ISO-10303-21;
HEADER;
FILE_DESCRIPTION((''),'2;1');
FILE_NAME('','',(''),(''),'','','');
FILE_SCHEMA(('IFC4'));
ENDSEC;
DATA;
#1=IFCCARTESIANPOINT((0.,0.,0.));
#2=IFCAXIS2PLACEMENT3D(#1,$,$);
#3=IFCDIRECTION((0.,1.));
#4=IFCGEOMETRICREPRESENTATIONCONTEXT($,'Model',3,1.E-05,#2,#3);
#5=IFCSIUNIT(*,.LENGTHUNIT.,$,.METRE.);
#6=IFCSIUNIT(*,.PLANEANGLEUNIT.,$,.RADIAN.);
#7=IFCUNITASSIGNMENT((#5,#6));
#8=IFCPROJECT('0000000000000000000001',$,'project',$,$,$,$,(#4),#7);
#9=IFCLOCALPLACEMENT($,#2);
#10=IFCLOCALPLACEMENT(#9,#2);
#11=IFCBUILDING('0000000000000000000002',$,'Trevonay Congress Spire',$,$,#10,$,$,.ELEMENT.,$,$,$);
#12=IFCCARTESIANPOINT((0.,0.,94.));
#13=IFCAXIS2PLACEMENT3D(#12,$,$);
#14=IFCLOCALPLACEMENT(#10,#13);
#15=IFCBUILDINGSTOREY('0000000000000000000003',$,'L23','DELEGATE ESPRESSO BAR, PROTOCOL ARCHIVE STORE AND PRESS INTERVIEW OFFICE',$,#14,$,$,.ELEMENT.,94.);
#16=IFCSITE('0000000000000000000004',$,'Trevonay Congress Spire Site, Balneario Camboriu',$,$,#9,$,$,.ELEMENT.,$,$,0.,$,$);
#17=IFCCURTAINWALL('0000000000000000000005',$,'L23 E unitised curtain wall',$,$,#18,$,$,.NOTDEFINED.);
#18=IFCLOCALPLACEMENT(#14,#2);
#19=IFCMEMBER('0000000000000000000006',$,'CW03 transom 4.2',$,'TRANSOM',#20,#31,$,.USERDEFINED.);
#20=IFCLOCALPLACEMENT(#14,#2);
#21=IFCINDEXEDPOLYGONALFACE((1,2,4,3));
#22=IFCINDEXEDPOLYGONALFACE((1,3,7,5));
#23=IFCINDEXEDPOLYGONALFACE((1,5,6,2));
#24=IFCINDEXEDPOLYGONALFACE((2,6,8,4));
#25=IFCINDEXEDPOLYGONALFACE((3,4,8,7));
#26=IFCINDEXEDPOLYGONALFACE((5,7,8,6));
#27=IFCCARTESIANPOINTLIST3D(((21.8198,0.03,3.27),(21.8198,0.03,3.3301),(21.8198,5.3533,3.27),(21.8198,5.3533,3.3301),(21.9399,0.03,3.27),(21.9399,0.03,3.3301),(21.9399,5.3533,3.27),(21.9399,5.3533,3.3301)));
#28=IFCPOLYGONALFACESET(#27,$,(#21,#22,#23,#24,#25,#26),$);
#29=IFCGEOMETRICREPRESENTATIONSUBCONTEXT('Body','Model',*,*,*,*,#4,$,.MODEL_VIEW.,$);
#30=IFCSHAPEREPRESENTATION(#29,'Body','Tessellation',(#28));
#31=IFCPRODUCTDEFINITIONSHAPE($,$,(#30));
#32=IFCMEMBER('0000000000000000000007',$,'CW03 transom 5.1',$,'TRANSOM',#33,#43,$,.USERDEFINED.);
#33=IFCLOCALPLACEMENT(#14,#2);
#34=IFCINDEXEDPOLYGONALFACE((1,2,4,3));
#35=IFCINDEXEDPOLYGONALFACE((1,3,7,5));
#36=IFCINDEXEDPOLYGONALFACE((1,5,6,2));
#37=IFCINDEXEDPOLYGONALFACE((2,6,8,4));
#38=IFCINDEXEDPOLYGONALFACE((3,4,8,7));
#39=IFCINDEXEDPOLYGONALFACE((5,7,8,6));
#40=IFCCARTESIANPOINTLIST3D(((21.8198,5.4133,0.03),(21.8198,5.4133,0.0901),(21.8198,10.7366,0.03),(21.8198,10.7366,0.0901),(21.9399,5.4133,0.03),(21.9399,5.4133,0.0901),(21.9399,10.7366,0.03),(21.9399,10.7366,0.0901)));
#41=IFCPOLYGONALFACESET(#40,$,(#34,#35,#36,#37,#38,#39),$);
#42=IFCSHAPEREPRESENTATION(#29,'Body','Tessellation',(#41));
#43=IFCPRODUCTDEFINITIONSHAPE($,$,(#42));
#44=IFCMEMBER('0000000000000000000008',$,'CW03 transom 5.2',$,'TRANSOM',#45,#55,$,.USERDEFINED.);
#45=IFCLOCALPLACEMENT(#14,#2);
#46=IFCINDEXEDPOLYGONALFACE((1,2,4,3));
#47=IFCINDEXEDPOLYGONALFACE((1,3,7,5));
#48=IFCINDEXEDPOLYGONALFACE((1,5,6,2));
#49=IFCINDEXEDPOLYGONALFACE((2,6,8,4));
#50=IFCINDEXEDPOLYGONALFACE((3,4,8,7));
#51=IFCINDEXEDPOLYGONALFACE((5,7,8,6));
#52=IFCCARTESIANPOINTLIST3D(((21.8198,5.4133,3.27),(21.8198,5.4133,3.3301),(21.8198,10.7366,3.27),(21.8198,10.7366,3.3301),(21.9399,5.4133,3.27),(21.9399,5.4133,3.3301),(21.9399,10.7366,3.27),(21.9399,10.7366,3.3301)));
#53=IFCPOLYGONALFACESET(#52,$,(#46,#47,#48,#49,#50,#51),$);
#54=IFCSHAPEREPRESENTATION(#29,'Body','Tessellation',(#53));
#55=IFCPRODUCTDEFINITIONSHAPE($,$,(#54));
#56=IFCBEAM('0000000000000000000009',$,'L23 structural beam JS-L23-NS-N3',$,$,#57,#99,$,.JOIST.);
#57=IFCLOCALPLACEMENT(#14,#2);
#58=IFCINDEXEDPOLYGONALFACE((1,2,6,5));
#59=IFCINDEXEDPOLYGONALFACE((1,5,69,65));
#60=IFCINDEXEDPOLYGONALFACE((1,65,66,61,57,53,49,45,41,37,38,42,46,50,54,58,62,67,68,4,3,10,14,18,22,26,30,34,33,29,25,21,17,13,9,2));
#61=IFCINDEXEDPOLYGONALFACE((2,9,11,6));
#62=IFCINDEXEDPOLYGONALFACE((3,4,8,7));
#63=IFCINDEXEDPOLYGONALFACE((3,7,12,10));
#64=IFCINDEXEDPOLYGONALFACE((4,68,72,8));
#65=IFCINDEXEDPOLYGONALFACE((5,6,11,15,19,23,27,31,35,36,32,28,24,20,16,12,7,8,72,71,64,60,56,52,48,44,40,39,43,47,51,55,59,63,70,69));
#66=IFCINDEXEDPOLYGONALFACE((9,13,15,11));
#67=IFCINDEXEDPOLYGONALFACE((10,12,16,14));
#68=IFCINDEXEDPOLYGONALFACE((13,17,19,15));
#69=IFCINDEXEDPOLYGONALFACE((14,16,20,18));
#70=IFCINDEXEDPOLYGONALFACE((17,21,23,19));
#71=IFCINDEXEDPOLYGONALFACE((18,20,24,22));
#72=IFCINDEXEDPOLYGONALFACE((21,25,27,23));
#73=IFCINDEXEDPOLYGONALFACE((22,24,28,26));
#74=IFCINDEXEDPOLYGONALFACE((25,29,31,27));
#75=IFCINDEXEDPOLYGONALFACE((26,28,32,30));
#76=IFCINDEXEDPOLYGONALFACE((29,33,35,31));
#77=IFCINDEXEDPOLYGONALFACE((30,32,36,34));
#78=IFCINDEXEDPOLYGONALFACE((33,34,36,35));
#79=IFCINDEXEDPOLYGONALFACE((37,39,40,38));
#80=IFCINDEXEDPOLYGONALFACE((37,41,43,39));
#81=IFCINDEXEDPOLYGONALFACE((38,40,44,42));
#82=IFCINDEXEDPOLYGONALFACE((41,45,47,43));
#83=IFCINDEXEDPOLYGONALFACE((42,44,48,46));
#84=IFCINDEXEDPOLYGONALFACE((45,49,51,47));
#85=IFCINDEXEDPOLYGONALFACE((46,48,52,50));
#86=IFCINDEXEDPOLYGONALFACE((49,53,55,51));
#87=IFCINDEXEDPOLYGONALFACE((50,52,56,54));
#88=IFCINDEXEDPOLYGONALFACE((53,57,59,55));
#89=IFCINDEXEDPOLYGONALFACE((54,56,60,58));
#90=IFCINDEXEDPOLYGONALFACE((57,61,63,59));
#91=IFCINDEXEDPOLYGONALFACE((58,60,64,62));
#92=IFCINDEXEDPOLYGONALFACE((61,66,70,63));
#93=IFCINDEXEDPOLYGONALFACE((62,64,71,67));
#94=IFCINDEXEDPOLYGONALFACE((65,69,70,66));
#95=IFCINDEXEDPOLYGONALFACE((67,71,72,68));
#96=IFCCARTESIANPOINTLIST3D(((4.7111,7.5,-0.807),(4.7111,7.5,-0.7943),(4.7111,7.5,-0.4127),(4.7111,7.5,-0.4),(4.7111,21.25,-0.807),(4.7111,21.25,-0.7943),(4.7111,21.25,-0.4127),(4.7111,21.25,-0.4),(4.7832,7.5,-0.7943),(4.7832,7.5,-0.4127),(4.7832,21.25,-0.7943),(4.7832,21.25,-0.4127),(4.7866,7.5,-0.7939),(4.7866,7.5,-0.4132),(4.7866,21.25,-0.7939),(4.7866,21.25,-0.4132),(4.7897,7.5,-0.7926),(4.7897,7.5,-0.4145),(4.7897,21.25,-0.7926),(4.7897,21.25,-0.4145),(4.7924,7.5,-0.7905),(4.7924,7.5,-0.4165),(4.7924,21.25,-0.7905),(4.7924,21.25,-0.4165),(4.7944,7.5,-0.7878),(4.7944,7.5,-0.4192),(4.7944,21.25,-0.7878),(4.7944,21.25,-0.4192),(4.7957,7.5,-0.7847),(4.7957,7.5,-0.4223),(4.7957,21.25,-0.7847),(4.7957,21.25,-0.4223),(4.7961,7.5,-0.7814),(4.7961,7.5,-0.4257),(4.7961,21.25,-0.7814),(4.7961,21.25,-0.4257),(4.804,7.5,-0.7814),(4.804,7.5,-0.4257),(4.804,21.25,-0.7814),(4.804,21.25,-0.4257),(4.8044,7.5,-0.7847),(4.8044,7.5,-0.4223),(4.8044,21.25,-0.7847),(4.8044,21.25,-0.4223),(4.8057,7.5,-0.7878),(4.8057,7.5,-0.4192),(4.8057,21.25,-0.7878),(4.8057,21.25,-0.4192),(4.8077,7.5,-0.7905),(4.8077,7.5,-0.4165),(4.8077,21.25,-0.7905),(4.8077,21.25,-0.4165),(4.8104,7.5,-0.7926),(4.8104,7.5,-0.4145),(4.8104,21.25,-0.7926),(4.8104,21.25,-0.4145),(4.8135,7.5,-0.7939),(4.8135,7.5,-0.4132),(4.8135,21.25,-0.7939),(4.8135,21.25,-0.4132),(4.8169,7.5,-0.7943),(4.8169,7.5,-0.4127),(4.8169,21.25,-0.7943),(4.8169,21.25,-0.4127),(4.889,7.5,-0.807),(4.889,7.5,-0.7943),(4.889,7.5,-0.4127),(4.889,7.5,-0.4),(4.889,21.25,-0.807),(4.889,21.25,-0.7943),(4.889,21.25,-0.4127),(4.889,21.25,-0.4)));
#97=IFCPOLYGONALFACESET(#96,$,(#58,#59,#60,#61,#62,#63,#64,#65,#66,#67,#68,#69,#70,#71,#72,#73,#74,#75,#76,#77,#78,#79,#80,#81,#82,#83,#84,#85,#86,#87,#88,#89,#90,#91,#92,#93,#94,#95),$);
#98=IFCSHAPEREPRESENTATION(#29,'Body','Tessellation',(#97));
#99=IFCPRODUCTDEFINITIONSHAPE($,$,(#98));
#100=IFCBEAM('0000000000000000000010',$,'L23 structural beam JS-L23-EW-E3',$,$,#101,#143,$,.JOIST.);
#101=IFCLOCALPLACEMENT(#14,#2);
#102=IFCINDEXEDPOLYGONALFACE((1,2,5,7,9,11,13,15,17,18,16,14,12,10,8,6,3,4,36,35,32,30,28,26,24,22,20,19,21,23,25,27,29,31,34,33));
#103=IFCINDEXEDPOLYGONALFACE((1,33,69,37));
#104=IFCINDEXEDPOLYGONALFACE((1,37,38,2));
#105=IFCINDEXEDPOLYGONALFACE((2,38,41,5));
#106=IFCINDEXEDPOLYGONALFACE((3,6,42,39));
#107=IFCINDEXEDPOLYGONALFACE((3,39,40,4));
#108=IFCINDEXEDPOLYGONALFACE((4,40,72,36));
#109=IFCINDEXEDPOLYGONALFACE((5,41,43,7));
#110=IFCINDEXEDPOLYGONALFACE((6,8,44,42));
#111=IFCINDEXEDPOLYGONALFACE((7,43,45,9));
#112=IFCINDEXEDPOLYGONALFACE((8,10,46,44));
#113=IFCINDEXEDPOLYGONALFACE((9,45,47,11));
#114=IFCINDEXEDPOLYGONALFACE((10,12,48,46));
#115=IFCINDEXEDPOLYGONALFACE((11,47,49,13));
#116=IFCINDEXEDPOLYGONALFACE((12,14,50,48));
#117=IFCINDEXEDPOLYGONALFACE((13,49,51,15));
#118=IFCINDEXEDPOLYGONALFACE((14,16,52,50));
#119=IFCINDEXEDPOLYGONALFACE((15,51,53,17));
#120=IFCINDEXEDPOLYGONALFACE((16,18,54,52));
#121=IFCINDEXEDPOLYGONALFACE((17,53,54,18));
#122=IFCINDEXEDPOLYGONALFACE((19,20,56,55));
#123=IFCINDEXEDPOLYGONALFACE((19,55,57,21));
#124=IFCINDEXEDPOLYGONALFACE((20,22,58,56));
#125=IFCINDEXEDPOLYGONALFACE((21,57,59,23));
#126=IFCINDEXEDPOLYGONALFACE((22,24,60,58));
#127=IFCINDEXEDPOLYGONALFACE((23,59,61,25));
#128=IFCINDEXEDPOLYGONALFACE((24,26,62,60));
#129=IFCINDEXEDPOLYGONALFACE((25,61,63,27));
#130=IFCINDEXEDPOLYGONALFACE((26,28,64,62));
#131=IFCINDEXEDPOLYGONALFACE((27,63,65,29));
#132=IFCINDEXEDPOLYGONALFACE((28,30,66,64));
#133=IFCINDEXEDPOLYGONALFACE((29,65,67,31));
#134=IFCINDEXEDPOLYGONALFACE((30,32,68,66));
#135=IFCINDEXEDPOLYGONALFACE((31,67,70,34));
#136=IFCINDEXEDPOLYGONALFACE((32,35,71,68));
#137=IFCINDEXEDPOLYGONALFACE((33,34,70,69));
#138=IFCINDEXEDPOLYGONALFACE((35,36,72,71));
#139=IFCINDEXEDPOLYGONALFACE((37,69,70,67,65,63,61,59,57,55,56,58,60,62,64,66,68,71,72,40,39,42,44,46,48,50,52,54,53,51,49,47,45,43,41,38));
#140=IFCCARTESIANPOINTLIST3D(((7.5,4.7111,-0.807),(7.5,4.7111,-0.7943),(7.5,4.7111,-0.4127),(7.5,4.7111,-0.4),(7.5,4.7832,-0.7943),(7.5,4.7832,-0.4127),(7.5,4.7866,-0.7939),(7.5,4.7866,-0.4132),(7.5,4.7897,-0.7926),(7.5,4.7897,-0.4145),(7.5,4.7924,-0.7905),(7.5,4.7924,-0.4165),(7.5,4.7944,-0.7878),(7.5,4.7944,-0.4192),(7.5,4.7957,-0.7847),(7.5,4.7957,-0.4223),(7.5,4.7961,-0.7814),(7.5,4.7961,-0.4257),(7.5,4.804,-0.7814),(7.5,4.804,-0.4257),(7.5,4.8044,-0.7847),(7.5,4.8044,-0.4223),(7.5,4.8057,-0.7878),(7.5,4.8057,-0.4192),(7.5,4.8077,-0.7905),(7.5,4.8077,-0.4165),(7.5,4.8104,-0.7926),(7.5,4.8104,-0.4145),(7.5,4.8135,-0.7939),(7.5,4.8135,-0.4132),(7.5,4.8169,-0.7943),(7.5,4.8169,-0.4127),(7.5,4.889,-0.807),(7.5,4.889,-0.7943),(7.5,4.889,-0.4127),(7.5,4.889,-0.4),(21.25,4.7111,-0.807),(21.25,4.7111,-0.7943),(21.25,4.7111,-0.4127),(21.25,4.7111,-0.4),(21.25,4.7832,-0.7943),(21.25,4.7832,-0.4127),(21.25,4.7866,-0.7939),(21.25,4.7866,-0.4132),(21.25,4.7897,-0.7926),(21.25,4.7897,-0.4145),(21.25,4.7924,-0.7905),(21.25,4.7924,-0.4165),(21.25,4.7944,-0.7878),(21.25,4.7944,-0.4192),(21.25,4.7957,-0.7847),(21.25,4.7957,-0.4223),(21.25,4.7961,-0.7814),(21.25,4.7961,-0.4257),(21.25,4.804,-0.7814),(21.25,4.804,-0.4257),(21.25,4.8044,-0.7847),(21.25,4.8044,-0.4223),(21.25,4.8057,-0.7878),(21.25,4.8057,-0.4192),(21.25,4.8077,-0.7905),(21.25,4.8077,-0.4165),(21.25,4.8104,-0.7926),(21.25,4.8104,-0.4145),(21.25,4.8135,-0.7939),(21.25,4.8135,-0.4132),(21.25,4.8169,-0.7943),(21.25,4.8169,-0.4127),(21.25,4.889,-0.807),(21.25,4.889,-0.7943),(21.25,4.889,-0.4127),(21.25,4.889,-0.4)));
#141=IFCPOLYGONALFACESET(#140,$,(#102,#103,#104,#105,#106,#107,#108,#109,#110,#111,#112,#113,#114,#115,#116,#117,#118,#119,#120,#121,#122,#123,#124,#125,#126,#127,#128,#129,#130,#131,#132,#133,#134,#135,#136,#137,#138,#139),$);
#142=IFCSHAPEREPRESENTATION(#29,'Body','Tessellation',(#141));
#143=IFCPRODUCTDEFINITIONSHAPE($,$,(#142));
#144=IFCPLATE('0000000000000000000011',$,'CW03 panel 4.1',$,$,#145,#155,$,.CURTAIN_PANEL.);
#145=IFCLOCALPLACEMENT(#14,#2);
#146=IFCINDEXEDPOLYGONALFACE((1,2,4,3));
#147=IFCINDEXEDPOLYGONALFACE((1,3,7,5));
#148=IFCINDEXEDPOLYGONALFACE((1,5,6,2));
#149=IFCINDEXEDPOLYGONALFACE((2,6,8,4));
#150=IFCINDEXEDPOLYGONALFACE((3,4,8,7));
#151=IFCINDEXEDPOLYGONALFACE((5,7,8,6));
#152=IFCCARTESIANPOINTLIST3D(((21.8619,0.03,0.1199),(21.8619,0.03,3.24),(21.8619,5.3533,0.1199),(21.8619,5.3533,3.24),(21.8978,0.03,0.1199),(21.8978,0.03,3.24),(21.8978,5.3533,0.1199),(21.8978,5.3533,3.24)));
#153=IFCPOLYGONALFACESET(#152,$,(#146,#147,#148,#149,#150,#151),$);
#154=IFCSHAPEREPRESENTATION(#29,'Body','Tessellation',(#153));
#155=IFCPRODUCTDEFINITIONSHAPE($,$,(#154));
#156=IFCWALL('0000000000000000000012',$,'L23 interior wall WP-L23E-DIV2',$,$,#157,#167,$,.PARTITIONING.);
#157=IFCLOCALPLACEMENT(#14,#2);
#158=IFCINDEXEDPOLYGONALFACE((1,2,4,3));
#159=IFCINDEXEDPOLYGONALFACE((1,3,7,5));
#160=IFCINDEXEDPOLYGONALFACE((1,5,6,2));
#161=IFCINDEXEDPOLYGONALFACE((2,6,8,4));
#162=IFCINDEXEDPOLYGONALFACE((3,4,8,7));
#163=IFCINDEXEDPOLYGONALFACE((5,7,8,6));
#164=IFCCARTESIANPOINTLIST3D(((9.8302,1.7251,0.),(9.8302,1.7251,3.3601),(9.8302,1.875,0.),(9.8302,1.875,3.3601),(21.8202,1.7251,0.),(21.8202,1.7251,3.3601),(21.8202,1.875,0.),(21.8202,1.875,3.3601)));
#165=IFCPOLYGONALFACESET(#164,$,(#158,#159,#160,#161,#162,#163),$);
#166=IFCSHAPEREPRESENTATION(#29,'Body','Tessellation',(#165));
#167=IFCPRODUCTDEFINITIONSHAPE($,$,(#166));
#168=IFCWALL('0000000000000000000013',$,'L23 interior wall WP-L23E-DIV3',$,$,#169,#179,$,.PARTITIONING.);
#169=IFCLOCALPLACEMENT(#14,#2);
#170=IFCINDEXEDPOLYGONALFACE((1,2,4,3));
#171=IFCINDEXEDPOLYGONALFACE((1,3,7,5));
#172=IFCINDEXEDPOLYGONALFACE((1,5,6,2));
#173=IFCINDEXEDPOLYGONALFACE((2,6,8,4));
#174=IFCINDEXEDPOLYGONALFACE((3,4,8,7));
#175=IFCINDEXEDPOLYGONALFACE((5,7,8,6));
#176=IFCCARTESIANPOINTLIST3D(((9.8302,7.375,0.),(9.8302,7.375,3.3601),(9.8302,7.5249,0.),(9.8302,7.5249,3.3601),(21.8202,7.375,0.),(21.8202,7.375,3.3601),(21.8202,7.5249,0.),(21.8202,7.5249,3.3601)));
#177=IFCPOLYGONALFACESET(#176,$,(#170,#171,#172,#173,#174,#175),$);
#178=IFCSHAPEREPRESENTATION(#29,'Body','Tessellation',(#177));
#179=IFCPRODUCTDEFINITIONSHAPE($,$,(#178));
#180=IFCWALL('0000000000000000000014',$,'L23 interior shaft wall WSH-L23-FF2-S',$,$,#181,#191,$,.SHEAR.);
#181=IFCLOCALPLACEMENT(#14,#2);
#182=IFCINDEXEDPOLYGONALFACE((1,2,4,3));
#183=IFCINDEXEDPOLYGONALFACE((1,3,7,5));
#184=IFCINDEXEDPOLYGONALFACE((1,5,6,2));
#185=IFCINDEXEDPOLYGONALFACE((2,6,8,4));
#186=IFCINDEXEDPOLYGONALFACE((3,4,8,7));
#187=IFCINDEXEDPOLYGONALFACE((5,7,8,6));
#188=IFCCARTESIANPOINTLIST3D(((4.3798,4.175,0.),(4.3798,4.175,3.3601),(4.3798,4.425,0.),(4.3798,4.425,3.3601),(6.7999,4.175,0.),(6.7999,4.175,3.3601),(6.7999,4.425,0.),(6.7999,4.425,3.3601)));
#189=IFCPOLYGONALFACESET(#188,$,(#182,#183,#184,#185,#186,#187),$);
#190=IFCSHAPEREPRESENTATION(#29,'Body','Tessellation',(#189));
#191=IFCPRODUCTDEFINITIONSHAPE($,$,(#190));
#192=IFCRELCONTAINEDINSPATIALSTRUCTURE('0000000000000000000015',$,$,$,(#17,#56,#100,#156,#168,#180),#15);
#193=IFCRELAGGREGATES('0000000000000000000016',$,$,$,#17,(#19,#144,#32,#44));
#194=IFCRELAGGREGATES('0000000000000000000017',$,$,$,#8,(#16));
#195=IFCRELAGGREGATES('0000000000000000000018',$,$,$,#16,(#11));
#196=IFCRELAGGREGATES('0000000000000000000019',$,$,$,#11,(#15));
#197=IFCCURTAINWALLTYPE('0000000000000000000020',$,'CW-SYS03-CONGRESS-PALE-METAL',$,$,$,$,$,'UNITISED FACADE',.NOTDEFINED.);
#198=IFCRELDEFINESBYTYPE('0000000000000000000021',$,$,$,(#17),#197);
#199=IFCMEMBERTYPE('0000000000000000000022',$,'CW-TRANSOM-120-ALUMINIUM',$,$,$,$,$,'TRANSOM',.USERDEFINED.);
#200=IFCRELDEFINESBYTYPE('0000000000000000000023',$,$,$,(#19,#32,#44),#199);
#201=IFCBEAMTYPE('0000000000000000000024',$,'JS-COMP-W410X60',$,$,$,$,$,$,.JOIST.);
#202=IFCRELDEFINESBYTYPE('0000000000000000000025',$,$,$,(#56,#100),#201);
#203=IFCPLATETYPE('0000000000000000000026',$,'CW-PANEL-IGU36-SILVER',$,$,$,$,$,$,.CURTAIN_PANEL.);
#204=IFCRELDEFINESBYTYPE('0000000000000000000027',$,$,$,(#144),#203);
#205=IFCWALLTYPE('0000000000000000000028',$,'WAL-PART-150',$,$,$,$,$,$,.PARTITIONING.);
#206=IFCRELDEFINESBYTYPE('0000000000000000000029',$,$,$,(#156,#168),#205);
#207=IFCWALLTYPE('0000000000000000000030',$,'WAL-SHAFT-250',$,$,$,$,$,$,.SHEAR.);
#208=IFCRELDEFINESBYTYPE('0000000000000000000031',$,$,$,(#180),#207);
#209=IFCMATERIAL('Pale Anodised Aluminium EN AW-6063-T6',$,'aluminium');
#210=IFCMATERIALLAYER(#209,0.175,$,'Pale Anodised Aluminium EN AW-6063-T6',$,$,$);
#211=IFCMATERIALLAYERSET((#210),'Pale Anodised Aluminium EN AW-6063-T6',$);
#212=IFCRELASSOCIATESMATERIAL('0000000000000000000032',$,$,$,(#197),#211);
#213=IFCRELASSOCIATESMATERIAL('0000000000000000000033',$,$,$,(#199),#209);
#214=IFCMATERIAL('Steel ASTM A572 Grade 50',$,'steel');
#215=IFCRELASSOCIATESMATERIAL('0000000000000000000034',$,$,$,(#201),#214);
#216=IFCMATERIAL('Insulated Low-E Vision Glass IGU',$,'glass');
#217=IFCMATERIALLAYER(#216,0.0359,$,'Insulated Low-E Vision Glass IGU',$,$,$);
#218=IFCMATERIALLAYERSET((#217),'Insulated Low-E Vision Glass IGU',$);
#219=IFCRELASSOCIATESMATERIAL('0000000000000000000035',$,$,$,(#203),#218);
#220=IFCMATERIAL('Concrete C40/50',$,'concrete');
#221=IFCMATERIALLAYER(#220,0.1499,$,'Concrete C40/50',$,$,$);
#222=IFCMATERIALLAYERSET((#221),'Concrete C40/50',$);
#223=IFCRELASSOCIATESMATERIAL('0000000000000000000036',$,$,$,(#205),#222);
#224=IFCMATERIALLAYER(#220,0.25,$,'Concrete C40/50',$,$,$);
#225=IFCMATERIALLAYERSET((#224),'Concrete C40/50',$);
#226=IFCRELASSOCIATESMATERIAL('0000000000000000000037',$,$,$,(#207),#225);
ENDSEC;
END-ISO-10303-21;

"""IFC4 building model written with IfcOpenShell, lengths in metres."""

from ifc_helpers import new_model, si_unit, direction, frame, frame_2d, origin, origin_2d, place, context, subcontext, project, spatial, rectangle, i_section, extrude, material, layer, layer_set, material_profile, profile_set, type_object, element, aggregate, save


model = new_model("IFC4")

# Units and contexts
model_context = context("Model", 3, precision=1e-05, world=origin(), true_north=direction((0.0, 1.0)))
body_context = subcontext(model_context, "Body", "Model", "MODEL_VIEW")
ifc_project = project(units=[si_unit("LENGTHUNIT", "METRE"), si_unit("PLANEANGLEUNIT", "RADIAN")], contexts=[model_context])

# Site, building, storey
site_placement = place(None, origin())
site = spatial("IfcSite", under=ifc_project, at=site_placement, Name="Trevonay Congress Spire Site, Balneario Camboriu", CompositionType="ELEMENT", RefElevation=0.0)
building_placement = place(site_placement, origin())
building = spatial("IfcBuilding", under=site, at=building_placement, Name="Trevonay Congress Spire", CompositionType="ELEMENT")
storey_placement = place(building_placement, frame((0.0, 0.0, 94.0)))
storey = spatial("IfcBuildingStorey", under=building, at=storey_placement, Name="L23", Description="DELEGATE ESPRESSO BAR, PROTOCOL ARCHIVE STORE AND PRESS INTERVIEW OFFICE", CompositionType="ELEMENT", Elevation=94.0)

# Shared definitions
ifc_material_1 = material(Name="Steel ASTM A572 Grade 50", Category="steel")

# Curtain wall, members
ifc_material_2 = material(Name="Pale Anodised Aluminium EN AW-6063-T6", Category="aluminium")
ifc_layer_1 = layer(ifc_material_2, 0.175, Name="Pale Anodised Aluminium EN AW-6063-T6")
ifc_layer_set_1 = layer_set([ifc_layer_1], Name="Pale Anodised Aluminium EN AW-6063-T6")
curtain_wall_type = type_object("IfcCurtainWallType", Name="CW-SYS03-CONGRESS-PALE-METAL", ElementType="UNITISED FACADE", PredefinedType="NOTDEFINED", material=ifc_layer_set_1)
curtain_wall_placement = place(storey_placement, origin())
curtain_wall = element("IfcCurtainWall", 1, at=curtain_wall_placement, inside=storey, type_object=curtain_wall_type, Name="L23 E unitised curtain wall", PredefinedType="NOTDEFINED")
ifc_material_profile_1 = material_profile(ifc_material_2, rectangle(XDim=0.1201, YDim=0.0601, at=origin_2d()), Name="CW-TRANSOM-120-ALUMINIUM")
ifc_profile_set_1 = profile_set([ifc_material_profile_1], Name="Pale Anodised Aluminium EN AW-6063-T6")
member_type_1 = type_object("IfcMemberType", Name="CW-TRANSOM-120-ALUMINIUM", ElementType="TRANSOM", PredefinedType="USERDEFINED", material=ifc_profile_set_1)
member_1_placement = place(storey_placement, frame((21.8799, 0.03, 3.3), z_axis=(0.0, 1.0, 0.0), x_axis=(-1.0, 0.0, 0.0)))
member_1 = element("IfcMember", 2, at=member_1_placement, type_object=member_type_1, Name="CW03 transom 4.2", ObjectType="TRANSOM", PredefinedType="USERDEFINED", context=body_context, shape_type="SweptSolid", body=[
    extrude(rectangle(XDim=0.1201, YDim=0.0601, at=origin_2d()), origin(), (0.0, 0.0, 1.0), 5.3232),
])
member_2_placement = place(storey_placement, frame((21.8799, 5.4133, 0.0601), z_axis=(0.0, 1.0, 0.0), x_axis=(-1.0, 0.0, 0.0)))
member_2 = element("IfcMember", 3, at=member_2_placement, type_object=member_type_1, Name="CW03 transom 5.1", ObjectType="TRANSOM", PredefinedType="USERDEFINED", context=body_context, shape_type="SweptSolid", body=[
    extrude(rectangle(XDim=0.1201, YDim=0.0601, at=origin_2d()), origin(), (0.0, 0.0, 1.0), 5.3232),
])
member_3_placement = place(storey_placement, frame((21.8799, 5.4133, 3.3), z_axis=(0.0, 1.0, 0.0), x_axis=(-1.0, 0.0, 0.0)))
member_3 = element("IfcMember", 4, at=member_3_placement, type_object=member_type_1, Name="CW03 transom 5.2", ObjectType="TRANSOM", PredefinedType="USERDEFINED", context=body_context, shape_type="SweptSolid", body=[
    extrude(rectangle(XDim=0.1201, YDim=0.0601, at=origin_2d()), origin(), (0.0, 0.0, 1.0), 5.3232),
])

# Beams
ifc_material_profile_2 = material_profile(ifc_material_1, i_section(OverallWidth=0.178, OverallDepth=0.407, WebThickness=0.0078, FlangeThickness=0.0127, FilletRadius=0.0129, at=origin_2d()), Name="W410x60")
ifc_profile_set_2 = profile_set([ifc_material_profile_2], Name="Steel ASTM A572 Grade 50")
beam_type_1 = type_object("IfcBeamType", Name="JS-COMP-W410X60", PredefinedType="JOIST", material=ifc_profile_set_2)
for number, where, z_axis, x_axis, name in (
    (5, (4.8, 7.5, -0.6035), (0.0, 1.0, 0.0), (-1.0, 0.0, 0.0), "L23 structural beam JS-L23-NS-N3"),
    (6, (7.5, 4.8, -0.6035), (1.0, 0.0, 0.0), (0.0, 1.0, 0.0), "L23 structural beam JS-L23-EW-E3"),
):
    element("IfcBeam", number, at=place(storey_placement, frame(where, z_axis=z_axis, x_axis=x_axis)), inside=storey, type_object=beam_type_1, Name=name, PredefinedType="JOIST", context=body_context, shape_type="SweptSolid", body=[
        extrude(i_section(OverallWidth=0.178, OverallDepth=0.407, WebThickness=0.0078, FlangeThickness=0.0127, FilletRadius=0.0129, at=origin_2d()), origin(), (0.0, 0.0, 1.0), 13.75),
    ])

# Plate
ifc_material_3 = material(Name="Insulated Low-E Vision Glass IGU", Category="glass")
ifc_layer_2 = layer(ifc_material_3, 0.0359, Name="Insulated Low-E Vision Glass IGU")
ifc_layer_set_2 = layer_set([ifc_layer_2], Name="Insulated Low-E Vision Glass IGU")
plate_type = type_object("IfcPlateType", Name="CW-PANEL-IGU36-SILVER", PredefinedType="CURTAIN_PANEL", material=ifc_layer_set_2)
plate_placement = place(storey_placement, frame((21.8799, 2.6917, 0.1199), z_axis=(0.0, 0.0, 1.0), x_axis=(0.0, 1.0, 0.0)))
plate = element("IfcPlate", 7, at=plate_placement, type_object=plate_type, Name="CW03 panel 4.1", PredefinedType="CURTAIN_PANEL", context=body_context, shape_type="SweptSolid", body=[
    extrude(rectangle(XDim=5.3232, YDim=0.0359, at=origin_2d()), origin(), (0.0, 0.0, 1.0), 3.1201),
])
aggregate(curtain_wall, [member_1, plate, member_2, member_3])

# Walls
ifc_material_4 = material(Name="Concrete C40/50", Category="concrete")
ifc_layer_3 = layer(ifc_material_4, 0.1499, Name="Concrete C40/50")
ifc_layer_set_3 = layer_set([ifc_layer_3], Name="Concrete C40/50")
wall_type_1 = type_object("IfcWallType", Name="WAL-PART-150", PredefinedType="PARTITIONING", material=ifc_layer_set_3)
for number, where, z_axis, x_axis, name in (
    (8, (9.8301, 1.8, 0.0), (0.0, 0.0, 1.0), (1.0, 0.0, 0.0), "L23 interior wall WP-L23E-DIV2"),
    (9, (9.8301, 7.45, 0.0), (0.0, 0.0, 1.0), (1.0, 0.0, 0.0), "L23 interior wall WP-L23E-DIV3"),
):
    element("IfcWall", number, at=place(storey_placement, frame(where, z_axis=z_axis, x_axis=x_axis)), inside=storey, type_object=wall_type_1, Name=name, PredefinedType="PARTITIONING", context=body_context, shape_type="SweptSolid", body=[
        extrude(rectangle(XDim=11.99, YDim=0.1499, at=frame_2d((5.9951, 0.0))), origin(), (0.0, 0.0, 1.0), 3.3601),
    ])
ifc_layer_4 = layer(ifc_material_4, 0.25, Name="Concrete C40/50")
ifc_layer_set_4 = layer_set([ifc_layer_4], Name="Concrete C40/50")
wall_type_2 = type_object("IfcWallType", Name="WAL-SHAFT-250", PredefinedType="SHEAR", material=ifc_layer_set_4)
wall_1_placement = place(storey_placement, frame((4.3799, 4.3, 0.0), z_axis=(0.0, 0.0, 1.0), x_axis=(1.0, 0.0, 0.0)))
element("IfcWall", 10, at=wall_1_placement, inside=storey, type_object=wall_type_2, Name="L23 interior shaft wall WSH-L23-FF2-S", PredefinedType="SHEAR", context=body_context, shape_type="SweptSolid", body=[
    extrude(rectangle(XDim=2.4202, YDim=0.25, at=frame_2d((1.21, 0.0))), origin(), (0.0, 0.0, 1.0), 3.3601),
])

save(model, "model.ifc")
